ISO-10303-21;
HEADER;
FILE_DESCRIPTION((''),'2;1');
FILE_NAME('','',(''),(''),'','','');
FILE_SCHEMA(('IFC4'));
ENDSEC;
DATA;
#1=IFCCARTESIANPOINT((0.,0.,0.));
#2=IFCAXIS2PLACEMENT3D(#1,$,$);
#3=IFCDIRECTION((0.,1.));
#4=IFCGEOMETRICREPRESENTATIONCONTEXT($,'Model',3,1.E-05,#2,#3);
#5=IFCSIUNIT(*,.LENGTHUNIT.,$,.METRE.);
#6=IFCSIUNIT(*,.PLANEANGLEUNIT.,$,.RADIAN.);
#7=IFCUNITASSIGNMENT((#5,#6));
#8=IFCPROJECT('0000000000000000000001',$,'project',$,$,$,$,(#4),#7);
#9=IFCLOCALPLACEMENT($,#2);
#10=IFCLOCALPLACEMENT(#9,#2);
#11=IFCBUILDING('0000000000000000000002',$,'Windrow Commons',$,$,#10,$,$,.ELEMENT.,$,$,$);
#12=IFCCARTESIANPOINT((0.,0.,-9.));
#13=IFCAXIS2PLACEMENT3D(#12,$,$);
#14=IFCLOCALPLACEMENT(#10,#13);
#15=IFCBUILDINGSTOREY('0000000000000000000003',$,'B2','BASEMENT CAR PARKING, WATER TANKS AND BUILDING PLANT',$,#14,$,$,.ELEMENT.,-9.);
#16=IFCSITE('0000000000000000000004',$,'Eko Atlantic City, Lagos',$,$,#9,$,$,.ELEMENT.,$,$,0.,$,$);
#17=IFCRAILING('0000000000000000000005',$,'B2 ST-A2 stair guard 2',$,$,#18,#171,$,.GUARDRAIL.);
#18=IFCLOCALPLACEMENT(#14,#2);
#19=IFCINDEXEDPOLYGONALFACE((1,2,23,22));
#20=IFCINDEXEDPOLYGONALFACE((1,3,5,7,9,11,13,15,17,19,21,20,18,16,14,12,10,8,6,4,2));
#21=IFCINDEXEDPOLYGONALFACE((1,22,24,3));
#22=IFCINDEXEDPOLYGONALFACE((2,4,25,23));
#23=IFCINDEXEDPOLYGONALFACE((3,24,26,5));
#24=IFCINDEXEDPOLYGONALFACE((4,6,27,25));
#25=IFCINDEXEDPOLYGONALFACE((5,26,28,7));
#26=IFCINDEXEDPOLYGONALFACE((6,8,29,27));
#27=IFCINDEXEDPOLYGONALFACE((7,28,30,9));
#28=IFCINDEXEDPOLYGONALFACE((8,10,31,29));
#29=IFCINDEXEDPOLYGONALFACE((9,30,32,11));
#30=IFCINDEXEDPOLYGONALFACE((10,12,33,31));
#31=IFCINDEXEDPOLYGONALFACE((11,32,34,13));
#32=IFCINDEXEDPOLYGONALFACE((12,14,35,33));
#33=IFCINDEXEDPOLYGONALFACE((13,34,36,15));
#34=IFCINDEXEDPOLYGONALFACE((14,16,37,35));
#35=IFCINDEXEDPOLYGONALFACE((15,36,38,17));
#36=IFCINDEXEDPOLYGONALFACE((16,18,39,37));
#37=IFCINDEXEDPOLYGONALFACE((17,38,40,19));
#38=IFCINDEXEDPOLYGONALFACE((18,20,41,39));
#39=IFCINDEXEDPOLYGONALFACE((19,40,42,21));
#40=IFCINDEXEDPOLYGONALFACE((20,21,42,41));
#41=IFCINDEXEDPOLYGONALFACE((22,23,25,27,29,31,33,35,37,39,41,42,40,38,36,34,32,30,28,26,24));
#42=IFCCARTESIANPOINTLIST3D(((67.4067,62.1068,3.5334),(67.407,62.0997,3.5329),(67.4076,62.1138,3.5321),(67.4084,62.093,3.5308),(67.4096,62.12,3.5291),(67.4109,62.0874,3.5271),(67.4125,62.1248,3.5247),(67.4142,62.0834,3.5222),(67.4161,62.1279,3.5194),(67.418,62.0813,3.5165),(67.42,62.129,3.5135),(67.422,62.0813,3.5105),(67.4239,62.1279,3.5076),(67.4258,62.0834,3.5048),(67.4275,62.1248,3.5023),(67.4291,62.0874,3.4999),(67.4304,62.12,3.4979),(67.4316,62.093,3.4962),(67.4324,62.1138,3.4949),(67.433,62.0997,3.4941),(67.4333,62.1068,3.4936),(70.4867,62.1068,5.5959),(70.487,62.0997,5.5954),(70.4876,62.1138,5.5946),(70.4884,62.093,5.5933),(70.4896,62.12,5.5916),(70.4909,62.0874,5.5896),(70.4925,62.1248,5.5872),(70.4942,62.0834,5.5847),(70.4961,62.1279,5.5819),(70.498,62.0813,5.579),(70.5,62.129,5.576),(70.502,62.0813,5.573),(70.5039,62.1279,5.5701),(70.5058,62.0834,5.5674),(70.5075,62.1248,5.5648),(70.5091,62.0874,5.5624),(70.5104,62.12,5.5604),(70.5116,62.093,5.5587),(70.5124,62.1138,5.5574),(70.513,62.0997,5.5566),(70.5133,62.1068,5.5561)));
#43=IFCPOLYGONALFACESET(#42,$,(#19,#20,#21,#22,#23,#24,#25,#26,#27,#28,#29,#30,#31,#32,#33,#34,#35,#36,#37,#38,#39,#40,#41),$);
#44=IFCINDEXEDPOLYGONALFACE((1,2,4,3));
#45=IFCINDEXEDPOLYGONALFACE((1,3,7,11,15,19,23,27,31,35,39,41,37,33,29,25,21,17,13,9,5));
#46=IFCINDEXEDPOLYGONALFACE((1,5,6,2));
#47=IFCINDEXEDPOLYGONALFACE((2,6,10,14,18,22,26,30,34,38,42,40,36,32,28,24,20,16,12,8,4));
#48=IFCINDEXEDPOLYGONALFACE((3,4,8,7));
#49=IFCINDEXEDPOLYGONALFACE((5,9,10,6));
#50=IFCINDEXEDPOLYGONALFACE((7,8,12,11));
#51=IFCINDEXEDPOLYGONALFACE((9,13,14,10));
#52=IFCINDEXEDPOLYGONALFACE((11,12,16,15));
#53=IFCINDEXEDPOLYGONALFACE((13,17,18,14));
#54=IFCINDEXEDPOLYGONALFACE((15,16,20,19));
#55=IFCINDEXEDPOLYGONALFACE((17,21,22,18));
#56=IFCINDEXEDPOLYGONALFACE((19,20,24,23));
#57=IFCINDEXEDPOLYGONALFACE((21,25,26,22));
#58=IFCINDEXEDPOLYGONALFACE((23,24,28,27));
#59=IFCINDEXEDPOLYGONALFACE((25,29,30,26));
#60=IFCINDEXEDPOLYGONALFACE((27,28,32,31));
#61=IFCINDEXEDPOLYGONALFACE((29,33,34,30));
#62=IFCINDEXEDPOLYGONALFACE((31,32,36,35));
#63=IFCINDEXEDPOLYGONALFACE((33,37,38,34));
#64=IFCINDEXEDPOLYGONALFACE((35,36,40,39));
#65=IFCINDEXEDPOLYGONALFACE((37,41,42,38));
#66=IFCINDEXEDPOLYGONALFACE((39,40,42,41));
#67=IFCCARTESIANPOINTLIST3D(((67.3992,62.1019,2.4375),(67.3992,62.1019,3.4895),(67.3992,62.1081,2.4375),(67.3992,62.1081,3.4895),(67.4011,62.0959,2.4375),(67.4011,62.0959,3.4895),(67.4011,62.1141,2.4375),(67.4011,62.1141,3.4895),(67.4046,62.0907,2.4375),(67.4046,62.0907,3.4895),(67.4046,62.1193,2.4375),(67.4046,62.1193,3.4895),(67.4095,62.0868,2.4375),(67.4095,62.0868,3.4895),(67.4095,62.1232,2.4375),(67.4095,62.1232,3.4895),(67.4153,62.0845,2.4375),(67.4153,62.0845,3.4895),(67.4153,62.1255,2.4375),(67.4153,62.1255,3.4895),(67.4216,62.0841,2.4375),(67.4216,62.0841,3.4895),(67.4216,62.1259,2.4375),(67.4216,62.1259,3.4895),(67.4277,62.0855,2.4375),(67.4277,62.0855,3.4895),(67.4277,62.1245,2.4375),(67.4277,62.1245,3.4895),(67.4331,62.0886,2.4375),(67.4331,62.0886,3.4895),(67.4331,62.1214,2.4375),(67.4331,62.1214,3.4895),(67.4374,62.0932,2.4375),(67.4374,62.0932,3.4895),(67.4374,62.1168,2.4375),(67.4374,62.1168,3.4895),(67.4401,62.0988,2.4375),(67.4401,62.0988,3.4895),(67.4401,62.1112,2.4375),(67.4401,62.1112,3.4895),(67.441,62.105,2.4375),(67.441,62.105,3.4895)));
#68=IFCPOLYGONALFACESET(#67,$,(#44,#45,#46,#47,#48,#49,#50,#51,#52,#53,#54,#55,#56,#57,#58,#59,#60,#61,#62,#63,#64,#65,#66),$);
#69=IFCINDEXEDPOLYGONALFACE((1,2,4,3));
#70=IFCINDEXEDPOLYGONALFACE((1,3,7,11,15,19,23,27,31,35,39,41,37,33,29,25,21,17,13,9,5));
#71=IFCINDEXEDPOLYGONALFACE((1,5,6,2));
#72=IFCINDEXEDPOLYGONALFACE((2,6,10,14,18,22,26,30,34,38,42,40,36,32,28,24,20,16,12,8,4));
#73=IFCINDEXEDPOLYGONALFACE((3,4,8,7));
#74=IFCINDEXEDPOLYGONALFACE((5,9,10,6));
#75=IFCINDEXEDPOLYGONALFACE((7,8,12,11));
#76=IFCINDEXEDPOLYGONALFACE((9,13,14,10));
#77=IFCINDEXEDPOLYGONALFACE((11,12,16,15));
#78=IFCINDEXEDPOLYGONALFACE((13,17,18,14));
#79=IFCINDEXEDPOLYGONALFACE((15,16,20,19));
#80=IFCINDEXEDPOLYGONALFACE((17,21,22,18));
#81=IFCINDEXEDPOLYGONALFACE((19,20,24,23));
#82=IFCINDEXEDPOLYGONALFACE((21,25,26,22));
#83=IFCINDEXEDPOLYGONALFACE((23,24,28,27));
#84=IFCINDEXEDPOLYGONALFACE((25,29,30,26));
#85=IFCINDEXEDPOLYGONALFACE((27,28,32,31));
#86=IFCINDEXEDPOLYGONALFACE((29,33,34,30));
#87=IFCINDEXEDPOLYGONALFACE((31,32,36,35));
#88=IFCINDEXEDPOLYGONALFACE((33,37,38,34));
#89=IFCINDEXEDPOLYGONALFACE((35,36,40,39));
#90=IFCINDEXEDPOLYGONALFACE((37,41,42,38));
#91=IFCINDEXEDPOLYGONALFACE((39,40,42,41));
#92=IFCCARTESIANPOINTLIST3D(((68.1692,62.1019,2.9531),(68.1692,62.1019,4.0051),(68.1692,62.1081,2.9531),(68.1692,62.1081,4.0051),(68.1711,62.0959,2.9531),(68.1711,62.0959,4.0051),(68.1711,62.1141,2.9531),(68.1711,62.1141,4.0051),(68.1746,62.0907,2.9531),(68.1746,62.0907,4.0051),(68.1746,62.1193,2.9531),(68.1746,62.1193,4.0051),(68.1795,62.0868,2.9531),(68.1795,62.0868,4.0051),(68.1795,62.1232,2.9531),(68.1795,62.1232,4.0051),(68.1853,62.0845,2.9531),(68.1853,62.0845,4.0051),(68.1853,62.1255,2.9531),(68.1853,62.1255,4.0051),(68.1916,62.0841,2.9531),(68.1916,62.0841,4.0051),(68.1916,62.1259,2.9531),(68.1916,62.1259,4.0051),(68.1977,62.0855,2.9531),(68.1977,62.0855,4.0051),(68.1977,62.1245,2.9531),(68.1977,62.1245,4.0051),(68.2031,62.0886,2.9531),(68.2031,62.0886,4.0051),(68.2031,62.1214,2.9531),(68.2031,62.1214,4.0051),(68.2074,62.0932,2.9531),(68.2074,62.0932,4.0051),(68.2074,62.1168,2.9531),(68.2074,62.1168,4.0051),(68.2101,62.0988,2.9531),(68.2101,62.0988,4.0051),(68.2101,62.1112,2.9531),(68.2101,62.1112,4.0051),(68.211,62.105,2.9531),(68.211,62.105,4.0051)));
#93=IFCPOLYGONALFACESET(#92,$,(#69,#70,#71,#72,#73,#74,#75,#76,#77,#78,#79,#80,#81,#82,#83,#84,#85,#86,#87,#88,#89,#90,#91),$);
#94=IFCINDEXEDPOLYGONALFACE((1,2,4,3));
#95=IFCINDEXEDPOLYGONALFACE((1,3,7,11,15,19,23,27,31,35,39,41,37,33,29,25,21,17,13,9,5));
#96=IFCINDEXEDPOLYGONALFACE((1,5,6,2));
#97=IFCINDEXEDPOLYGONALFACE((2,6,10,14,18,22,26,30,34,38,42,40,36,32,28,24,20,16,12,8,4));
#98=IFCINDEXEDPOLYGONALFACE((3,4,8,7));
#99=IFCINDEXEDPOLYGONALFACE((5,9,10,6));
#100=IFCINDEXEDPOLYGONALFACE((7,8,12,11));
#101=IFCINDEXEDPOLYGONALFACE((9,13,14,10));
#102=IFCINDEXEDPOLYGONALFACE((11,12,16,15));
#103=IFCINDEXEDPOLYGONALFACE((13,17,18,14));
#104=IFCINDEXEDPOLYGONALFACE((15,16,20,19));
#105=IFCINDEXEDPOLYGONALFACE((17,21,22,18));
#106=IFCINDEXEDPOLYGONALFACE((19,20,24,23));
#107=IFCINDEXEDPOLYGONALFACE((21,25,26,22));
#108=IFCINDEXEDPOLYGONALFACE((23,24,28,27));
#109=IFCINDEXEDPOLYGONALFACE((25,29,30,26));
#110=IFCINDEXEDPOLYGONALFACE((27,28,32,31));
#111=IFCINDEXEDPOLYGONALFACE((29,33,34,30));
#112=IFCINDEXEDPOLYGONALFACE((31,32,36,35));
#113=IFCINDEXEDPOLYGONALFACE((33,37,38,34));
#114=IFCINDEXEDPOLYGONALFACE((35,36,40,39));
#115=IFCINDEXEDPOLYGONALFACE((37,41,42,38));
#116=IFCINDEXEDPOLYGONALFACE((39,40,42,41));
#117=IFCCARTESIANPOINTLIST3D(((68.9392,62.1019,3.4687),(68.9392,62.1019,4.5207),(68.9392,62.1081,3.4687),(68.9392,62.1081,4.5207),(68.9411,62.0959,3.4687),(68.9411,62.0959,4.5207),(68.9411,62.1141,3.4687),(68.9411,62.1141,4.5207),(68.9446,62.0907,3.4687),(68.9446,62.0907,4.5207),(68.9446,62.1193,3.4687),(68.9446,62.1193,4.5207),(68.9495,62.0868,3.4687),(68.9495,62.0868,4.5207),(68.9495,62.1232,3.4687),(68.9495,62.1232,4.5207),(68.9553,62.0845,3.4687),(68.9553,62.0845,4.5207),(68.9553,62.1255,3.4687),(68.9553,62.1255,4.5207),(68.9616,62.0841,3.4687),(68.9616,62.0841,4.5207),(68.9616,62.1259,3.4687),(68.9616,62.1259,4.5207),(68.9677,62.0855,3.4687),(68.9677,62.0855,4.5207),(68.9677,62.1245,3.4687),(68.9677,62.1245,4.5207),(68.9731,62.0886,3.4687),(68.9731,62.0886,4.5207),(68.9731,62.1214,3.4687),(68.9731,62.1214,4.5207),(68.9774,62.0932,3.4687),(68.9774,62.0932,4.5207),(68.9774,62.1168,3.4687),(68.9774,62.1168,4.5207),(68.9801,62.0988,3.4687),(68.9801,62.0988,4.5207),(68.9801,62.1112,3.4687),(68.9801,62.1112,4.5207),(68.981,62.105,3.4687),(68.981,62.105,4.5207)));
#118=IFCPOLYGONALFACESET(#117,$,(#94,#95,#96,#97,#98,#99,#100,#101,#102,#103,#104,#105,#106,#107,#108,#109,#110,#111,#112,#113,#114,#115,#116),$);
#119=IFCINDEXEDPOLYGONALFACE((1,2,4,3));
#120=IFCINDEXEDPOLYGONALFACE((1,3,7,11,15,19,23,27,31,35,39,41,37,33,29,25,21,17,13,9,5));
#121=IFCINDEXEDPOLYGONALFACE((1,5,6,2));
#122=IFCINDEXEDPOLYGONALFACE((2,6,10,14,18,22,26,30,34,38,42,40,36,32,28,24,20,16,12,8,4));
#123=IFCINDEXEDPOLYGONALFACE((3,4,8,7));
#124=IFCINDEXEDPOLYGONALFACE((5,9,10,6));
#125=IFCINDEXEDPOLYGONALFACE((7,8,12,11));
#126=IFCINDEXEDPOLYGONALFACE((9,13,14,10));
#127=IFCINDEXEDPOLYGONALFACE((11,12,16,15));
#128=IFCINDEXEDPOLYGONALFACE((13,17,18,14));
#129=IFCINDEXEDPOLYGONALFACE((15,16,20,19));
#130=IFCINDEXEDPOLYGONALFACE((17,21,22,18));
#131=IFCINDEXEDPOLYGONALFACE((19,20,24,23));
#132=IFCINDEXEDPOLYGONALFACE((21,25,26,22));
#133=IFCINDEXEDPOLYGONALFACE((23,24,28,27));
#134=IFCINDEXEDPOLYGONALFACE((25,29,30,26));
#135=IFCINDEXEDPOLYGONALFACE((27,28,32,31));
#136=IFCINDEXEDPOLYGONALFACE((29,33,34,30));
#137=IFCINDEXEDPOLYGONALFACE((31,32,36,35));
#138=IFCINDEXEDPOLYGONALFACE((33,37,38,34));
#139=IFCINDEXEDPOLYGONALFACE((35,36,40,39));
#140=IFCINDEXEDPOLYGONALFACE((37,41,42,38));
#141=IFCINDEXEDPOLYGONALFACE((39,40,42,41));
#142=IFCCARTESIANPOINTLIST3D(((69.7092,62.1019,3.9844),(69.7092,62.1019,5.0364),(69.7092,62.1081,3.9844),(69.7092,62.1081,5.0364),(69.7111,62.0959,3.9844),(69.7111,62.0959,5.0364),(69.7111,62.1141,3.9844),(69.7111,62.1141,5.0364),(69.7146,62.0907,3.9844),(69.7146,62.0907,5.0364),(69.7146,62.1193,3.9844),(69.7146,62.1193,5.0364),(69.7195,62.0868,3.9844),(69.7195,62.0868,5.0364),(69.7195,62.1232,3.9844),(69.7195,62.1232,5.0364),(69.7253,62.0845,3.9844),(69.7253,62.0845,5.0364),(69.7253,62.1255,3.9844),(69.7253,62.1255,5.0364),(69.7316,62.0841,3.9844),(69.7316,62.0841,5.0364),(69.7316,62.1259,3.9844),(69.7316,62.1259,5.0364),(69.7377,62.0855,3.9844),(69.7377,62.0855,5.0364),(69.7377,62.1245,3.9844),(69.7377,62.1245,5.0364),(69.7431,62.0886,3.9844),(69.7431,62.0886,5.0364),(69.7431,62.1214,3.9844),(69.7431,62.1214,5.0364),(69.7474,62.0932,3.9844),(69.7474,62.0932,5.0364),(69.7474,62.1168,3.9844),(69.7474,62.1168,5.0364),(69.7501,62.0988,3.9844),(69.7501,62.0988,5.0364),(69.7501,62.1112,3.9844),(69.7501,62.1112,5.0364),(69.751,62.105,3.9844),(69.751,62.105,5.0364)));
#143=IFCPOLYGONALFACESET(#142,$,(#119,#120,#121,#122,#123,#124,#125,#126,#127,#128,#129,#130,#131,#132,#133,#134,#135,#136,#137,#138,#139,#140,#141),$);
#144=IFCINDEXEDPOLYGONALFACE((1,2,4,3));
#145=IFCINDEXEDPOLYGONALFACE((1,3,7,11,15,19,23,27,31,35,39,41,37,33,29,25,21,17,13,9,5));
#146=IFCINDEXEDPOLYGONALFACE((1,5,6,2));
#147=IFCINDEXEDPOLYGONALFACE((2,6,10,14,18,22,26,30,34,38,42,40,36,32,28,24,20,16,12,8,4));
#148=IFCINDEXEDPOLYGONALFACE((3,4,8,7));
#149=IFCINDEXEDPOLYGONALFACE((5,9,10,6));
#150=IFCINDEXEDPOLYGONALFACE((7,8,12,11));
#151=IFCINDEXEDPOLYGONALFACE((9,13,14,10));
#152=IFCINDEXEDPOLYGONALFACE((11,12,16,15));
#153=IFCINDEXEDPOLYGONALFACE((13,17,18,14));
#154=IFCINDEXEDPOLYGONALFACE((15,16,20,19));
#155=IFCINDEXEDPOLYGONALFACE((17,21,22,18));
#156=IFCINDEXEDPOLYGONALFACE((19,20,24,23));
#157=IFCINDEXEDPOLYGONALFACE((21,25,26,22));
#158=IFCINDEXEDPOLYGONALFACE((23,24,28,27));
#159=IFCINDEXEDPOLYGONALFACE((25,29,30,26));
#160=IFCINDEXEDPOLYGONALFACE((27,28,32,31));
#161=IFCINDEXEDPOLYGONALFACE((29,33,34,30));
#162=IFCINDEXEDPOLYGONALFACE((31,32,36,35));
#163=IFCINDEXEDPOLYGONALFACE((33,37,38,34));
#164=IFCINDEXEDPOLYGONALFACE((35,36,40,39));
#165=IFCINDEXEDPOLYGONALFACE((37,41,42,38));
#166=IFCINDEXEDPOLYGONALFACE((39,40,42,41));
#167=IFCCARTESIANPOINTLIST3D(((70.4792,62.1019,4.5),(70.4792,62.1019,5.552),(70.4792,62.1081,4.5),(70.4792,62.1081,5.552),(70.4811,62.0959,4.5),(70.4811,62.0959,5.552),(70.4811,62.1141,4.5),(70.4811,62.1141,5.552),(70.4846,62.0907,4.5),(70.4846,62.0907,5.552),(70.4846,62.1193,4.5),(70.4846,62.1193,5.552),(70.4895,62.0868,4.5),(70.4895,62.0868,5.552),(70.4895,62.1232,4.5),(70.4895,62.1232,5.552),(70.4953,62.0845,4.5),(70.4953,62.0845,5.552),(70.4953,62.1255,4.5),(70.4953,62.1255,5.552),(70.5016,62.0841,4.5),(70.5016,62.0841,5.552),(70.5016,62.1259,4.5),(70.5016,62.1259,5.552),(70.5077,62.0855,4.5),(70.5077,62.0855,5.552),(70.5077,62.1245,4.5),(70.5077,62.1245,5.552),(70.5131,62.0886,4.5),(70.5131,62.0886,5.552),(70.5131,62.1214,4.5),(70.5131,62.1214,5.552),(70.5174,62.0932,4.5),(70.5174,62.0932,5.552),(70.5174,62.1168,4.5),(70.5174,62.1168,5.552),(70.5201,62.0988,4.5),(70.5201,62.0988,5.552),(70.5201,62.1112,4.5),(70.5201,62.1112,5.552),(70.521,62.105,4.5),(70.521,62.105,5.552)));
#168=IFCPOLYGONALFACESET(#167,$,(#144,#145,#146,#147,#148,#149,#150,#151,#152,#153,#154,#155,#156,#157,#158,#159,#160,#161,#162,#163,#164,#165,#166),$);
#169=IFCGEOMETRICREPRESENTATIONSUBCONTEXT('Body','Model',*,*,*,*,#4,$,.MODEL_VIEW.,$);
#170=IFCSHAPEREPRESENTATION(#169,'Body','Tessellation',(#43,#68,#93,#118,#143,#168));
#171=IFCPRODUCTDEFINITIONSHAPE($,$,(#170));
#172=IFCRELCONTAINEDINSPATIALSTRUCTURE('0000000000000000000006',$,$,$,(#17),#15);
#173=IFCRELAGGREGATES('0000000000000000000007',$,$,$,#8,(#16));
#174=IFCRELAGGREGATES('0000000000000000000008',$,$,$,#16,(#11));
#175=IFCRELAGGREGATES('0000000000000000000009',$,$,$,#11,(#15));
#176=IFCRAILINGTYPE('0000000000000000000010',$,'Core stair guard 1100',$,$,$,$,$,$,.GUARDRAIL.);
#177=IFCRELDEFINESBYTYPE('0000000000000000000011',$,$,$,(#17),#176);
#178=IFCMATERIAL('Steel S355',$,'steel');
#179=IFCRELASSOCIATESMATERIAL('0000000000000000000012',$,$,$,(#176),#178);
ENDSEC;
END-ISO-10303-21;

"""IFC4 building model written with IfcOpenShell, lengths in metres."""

from ifc_helpers import new_model, si_unit, direction, frame, origin, origin_2d, place, context, subcontext, project, spatial, circle, extrude, material, type_object, element, save


model = new_model("IFC4")

# Units and contexts
model_context = context("Model", 3, precision=1e-05, world=origin(), true_north=direction((0.0, 1.0)))
body_context = subcontext(model_context, "Body", "Model", "MODEL_VIEW")
ifc_project = project(units=[si_unit("LENGTHUNIT", "METRE"), si_unit("PLANEANGLEUNIT", "RADIAN")], contexts=[model_context])

# Site, building, storey
site_placement = place(None, origin())
site = spatial("IfcSite", under=ifc_project, at=site_placement, Name="Eko Atlantic City, Lagos", CompositionType="ELEMENT", RefElevation=0.0)
building_placement = place(site_placement, origin())
building = spatial("IfcBuilding", under=site, at=building_placement, Name="Windrow Commons", CompositionType="ELEMENT")
storey_placement = place(building_placement, frame((0.0, 0.0, -9.0)))
storey = spatial("IfcBuildingStorey", under=building, at=storey_placement, Name="B2", Description="BASEMENT CAR PARKING, WATER TANKS AND BUILDING PLANT", CompositionType="ELEMENT", Elevation=-9.0)

# Railing
ifc_material_1 = material(Name="Steel S355", Category="steel")
railing_type_1 = type_object("IfcRailingType", Name="Core stair guard 1100", PredefinedType="GUARDRAIL", material=ifc_material_1)
railing_1_placement = place(storey_placement, frame((67.42, 62.105, 2.4375)))
element("IfcRailing", 1, at=railing_1_placement, inside=storey, type_object=railing_type_1, Name="B2 ST-A2 stair guard 2", PredefinedType="GUARDRAIL", context=body_context, shape_type="SweptSolid", body=[
    extrude(circle(Radius=0.024, at=origin_2d()), frame((0.0, 0.0, 1.076), z_axis=(0.830907, 0.0, 0.556411), x_axis=(0.0, 1.0, 0.0)), (0.0, 0.0, 1.0), 3.7068),
    extrude(circle(Radius=0.021, at=origin_2d()), origin(), (0.0, 0.0, 1.0), 1.052),
    extrude(circle(Radius=0.021, at=origin_2d()), frame((0.77, 0.0, 0.5156)), (0.0, 0.0, 1.0), 1.052),
    extrude(circle(Radius=0.021, at=origin_2d()), frame((1.54, 0.0, 1.0312)), (0.0, 0.0, 1.0), 1.052),
    extrude(circle(Radius=0.021, at=origin_2d()), frame((2.31, 0.0, 1.5469)), (0.0, 0.0, 1.0), 1.052),
    extrude(circle(Radius=0.021, at=origin_2d()), frame((3.08, 0.0, 2.0625)), (0.0, 0.0, 1.0), 1.052),
])

save(model, "model.ifc")
